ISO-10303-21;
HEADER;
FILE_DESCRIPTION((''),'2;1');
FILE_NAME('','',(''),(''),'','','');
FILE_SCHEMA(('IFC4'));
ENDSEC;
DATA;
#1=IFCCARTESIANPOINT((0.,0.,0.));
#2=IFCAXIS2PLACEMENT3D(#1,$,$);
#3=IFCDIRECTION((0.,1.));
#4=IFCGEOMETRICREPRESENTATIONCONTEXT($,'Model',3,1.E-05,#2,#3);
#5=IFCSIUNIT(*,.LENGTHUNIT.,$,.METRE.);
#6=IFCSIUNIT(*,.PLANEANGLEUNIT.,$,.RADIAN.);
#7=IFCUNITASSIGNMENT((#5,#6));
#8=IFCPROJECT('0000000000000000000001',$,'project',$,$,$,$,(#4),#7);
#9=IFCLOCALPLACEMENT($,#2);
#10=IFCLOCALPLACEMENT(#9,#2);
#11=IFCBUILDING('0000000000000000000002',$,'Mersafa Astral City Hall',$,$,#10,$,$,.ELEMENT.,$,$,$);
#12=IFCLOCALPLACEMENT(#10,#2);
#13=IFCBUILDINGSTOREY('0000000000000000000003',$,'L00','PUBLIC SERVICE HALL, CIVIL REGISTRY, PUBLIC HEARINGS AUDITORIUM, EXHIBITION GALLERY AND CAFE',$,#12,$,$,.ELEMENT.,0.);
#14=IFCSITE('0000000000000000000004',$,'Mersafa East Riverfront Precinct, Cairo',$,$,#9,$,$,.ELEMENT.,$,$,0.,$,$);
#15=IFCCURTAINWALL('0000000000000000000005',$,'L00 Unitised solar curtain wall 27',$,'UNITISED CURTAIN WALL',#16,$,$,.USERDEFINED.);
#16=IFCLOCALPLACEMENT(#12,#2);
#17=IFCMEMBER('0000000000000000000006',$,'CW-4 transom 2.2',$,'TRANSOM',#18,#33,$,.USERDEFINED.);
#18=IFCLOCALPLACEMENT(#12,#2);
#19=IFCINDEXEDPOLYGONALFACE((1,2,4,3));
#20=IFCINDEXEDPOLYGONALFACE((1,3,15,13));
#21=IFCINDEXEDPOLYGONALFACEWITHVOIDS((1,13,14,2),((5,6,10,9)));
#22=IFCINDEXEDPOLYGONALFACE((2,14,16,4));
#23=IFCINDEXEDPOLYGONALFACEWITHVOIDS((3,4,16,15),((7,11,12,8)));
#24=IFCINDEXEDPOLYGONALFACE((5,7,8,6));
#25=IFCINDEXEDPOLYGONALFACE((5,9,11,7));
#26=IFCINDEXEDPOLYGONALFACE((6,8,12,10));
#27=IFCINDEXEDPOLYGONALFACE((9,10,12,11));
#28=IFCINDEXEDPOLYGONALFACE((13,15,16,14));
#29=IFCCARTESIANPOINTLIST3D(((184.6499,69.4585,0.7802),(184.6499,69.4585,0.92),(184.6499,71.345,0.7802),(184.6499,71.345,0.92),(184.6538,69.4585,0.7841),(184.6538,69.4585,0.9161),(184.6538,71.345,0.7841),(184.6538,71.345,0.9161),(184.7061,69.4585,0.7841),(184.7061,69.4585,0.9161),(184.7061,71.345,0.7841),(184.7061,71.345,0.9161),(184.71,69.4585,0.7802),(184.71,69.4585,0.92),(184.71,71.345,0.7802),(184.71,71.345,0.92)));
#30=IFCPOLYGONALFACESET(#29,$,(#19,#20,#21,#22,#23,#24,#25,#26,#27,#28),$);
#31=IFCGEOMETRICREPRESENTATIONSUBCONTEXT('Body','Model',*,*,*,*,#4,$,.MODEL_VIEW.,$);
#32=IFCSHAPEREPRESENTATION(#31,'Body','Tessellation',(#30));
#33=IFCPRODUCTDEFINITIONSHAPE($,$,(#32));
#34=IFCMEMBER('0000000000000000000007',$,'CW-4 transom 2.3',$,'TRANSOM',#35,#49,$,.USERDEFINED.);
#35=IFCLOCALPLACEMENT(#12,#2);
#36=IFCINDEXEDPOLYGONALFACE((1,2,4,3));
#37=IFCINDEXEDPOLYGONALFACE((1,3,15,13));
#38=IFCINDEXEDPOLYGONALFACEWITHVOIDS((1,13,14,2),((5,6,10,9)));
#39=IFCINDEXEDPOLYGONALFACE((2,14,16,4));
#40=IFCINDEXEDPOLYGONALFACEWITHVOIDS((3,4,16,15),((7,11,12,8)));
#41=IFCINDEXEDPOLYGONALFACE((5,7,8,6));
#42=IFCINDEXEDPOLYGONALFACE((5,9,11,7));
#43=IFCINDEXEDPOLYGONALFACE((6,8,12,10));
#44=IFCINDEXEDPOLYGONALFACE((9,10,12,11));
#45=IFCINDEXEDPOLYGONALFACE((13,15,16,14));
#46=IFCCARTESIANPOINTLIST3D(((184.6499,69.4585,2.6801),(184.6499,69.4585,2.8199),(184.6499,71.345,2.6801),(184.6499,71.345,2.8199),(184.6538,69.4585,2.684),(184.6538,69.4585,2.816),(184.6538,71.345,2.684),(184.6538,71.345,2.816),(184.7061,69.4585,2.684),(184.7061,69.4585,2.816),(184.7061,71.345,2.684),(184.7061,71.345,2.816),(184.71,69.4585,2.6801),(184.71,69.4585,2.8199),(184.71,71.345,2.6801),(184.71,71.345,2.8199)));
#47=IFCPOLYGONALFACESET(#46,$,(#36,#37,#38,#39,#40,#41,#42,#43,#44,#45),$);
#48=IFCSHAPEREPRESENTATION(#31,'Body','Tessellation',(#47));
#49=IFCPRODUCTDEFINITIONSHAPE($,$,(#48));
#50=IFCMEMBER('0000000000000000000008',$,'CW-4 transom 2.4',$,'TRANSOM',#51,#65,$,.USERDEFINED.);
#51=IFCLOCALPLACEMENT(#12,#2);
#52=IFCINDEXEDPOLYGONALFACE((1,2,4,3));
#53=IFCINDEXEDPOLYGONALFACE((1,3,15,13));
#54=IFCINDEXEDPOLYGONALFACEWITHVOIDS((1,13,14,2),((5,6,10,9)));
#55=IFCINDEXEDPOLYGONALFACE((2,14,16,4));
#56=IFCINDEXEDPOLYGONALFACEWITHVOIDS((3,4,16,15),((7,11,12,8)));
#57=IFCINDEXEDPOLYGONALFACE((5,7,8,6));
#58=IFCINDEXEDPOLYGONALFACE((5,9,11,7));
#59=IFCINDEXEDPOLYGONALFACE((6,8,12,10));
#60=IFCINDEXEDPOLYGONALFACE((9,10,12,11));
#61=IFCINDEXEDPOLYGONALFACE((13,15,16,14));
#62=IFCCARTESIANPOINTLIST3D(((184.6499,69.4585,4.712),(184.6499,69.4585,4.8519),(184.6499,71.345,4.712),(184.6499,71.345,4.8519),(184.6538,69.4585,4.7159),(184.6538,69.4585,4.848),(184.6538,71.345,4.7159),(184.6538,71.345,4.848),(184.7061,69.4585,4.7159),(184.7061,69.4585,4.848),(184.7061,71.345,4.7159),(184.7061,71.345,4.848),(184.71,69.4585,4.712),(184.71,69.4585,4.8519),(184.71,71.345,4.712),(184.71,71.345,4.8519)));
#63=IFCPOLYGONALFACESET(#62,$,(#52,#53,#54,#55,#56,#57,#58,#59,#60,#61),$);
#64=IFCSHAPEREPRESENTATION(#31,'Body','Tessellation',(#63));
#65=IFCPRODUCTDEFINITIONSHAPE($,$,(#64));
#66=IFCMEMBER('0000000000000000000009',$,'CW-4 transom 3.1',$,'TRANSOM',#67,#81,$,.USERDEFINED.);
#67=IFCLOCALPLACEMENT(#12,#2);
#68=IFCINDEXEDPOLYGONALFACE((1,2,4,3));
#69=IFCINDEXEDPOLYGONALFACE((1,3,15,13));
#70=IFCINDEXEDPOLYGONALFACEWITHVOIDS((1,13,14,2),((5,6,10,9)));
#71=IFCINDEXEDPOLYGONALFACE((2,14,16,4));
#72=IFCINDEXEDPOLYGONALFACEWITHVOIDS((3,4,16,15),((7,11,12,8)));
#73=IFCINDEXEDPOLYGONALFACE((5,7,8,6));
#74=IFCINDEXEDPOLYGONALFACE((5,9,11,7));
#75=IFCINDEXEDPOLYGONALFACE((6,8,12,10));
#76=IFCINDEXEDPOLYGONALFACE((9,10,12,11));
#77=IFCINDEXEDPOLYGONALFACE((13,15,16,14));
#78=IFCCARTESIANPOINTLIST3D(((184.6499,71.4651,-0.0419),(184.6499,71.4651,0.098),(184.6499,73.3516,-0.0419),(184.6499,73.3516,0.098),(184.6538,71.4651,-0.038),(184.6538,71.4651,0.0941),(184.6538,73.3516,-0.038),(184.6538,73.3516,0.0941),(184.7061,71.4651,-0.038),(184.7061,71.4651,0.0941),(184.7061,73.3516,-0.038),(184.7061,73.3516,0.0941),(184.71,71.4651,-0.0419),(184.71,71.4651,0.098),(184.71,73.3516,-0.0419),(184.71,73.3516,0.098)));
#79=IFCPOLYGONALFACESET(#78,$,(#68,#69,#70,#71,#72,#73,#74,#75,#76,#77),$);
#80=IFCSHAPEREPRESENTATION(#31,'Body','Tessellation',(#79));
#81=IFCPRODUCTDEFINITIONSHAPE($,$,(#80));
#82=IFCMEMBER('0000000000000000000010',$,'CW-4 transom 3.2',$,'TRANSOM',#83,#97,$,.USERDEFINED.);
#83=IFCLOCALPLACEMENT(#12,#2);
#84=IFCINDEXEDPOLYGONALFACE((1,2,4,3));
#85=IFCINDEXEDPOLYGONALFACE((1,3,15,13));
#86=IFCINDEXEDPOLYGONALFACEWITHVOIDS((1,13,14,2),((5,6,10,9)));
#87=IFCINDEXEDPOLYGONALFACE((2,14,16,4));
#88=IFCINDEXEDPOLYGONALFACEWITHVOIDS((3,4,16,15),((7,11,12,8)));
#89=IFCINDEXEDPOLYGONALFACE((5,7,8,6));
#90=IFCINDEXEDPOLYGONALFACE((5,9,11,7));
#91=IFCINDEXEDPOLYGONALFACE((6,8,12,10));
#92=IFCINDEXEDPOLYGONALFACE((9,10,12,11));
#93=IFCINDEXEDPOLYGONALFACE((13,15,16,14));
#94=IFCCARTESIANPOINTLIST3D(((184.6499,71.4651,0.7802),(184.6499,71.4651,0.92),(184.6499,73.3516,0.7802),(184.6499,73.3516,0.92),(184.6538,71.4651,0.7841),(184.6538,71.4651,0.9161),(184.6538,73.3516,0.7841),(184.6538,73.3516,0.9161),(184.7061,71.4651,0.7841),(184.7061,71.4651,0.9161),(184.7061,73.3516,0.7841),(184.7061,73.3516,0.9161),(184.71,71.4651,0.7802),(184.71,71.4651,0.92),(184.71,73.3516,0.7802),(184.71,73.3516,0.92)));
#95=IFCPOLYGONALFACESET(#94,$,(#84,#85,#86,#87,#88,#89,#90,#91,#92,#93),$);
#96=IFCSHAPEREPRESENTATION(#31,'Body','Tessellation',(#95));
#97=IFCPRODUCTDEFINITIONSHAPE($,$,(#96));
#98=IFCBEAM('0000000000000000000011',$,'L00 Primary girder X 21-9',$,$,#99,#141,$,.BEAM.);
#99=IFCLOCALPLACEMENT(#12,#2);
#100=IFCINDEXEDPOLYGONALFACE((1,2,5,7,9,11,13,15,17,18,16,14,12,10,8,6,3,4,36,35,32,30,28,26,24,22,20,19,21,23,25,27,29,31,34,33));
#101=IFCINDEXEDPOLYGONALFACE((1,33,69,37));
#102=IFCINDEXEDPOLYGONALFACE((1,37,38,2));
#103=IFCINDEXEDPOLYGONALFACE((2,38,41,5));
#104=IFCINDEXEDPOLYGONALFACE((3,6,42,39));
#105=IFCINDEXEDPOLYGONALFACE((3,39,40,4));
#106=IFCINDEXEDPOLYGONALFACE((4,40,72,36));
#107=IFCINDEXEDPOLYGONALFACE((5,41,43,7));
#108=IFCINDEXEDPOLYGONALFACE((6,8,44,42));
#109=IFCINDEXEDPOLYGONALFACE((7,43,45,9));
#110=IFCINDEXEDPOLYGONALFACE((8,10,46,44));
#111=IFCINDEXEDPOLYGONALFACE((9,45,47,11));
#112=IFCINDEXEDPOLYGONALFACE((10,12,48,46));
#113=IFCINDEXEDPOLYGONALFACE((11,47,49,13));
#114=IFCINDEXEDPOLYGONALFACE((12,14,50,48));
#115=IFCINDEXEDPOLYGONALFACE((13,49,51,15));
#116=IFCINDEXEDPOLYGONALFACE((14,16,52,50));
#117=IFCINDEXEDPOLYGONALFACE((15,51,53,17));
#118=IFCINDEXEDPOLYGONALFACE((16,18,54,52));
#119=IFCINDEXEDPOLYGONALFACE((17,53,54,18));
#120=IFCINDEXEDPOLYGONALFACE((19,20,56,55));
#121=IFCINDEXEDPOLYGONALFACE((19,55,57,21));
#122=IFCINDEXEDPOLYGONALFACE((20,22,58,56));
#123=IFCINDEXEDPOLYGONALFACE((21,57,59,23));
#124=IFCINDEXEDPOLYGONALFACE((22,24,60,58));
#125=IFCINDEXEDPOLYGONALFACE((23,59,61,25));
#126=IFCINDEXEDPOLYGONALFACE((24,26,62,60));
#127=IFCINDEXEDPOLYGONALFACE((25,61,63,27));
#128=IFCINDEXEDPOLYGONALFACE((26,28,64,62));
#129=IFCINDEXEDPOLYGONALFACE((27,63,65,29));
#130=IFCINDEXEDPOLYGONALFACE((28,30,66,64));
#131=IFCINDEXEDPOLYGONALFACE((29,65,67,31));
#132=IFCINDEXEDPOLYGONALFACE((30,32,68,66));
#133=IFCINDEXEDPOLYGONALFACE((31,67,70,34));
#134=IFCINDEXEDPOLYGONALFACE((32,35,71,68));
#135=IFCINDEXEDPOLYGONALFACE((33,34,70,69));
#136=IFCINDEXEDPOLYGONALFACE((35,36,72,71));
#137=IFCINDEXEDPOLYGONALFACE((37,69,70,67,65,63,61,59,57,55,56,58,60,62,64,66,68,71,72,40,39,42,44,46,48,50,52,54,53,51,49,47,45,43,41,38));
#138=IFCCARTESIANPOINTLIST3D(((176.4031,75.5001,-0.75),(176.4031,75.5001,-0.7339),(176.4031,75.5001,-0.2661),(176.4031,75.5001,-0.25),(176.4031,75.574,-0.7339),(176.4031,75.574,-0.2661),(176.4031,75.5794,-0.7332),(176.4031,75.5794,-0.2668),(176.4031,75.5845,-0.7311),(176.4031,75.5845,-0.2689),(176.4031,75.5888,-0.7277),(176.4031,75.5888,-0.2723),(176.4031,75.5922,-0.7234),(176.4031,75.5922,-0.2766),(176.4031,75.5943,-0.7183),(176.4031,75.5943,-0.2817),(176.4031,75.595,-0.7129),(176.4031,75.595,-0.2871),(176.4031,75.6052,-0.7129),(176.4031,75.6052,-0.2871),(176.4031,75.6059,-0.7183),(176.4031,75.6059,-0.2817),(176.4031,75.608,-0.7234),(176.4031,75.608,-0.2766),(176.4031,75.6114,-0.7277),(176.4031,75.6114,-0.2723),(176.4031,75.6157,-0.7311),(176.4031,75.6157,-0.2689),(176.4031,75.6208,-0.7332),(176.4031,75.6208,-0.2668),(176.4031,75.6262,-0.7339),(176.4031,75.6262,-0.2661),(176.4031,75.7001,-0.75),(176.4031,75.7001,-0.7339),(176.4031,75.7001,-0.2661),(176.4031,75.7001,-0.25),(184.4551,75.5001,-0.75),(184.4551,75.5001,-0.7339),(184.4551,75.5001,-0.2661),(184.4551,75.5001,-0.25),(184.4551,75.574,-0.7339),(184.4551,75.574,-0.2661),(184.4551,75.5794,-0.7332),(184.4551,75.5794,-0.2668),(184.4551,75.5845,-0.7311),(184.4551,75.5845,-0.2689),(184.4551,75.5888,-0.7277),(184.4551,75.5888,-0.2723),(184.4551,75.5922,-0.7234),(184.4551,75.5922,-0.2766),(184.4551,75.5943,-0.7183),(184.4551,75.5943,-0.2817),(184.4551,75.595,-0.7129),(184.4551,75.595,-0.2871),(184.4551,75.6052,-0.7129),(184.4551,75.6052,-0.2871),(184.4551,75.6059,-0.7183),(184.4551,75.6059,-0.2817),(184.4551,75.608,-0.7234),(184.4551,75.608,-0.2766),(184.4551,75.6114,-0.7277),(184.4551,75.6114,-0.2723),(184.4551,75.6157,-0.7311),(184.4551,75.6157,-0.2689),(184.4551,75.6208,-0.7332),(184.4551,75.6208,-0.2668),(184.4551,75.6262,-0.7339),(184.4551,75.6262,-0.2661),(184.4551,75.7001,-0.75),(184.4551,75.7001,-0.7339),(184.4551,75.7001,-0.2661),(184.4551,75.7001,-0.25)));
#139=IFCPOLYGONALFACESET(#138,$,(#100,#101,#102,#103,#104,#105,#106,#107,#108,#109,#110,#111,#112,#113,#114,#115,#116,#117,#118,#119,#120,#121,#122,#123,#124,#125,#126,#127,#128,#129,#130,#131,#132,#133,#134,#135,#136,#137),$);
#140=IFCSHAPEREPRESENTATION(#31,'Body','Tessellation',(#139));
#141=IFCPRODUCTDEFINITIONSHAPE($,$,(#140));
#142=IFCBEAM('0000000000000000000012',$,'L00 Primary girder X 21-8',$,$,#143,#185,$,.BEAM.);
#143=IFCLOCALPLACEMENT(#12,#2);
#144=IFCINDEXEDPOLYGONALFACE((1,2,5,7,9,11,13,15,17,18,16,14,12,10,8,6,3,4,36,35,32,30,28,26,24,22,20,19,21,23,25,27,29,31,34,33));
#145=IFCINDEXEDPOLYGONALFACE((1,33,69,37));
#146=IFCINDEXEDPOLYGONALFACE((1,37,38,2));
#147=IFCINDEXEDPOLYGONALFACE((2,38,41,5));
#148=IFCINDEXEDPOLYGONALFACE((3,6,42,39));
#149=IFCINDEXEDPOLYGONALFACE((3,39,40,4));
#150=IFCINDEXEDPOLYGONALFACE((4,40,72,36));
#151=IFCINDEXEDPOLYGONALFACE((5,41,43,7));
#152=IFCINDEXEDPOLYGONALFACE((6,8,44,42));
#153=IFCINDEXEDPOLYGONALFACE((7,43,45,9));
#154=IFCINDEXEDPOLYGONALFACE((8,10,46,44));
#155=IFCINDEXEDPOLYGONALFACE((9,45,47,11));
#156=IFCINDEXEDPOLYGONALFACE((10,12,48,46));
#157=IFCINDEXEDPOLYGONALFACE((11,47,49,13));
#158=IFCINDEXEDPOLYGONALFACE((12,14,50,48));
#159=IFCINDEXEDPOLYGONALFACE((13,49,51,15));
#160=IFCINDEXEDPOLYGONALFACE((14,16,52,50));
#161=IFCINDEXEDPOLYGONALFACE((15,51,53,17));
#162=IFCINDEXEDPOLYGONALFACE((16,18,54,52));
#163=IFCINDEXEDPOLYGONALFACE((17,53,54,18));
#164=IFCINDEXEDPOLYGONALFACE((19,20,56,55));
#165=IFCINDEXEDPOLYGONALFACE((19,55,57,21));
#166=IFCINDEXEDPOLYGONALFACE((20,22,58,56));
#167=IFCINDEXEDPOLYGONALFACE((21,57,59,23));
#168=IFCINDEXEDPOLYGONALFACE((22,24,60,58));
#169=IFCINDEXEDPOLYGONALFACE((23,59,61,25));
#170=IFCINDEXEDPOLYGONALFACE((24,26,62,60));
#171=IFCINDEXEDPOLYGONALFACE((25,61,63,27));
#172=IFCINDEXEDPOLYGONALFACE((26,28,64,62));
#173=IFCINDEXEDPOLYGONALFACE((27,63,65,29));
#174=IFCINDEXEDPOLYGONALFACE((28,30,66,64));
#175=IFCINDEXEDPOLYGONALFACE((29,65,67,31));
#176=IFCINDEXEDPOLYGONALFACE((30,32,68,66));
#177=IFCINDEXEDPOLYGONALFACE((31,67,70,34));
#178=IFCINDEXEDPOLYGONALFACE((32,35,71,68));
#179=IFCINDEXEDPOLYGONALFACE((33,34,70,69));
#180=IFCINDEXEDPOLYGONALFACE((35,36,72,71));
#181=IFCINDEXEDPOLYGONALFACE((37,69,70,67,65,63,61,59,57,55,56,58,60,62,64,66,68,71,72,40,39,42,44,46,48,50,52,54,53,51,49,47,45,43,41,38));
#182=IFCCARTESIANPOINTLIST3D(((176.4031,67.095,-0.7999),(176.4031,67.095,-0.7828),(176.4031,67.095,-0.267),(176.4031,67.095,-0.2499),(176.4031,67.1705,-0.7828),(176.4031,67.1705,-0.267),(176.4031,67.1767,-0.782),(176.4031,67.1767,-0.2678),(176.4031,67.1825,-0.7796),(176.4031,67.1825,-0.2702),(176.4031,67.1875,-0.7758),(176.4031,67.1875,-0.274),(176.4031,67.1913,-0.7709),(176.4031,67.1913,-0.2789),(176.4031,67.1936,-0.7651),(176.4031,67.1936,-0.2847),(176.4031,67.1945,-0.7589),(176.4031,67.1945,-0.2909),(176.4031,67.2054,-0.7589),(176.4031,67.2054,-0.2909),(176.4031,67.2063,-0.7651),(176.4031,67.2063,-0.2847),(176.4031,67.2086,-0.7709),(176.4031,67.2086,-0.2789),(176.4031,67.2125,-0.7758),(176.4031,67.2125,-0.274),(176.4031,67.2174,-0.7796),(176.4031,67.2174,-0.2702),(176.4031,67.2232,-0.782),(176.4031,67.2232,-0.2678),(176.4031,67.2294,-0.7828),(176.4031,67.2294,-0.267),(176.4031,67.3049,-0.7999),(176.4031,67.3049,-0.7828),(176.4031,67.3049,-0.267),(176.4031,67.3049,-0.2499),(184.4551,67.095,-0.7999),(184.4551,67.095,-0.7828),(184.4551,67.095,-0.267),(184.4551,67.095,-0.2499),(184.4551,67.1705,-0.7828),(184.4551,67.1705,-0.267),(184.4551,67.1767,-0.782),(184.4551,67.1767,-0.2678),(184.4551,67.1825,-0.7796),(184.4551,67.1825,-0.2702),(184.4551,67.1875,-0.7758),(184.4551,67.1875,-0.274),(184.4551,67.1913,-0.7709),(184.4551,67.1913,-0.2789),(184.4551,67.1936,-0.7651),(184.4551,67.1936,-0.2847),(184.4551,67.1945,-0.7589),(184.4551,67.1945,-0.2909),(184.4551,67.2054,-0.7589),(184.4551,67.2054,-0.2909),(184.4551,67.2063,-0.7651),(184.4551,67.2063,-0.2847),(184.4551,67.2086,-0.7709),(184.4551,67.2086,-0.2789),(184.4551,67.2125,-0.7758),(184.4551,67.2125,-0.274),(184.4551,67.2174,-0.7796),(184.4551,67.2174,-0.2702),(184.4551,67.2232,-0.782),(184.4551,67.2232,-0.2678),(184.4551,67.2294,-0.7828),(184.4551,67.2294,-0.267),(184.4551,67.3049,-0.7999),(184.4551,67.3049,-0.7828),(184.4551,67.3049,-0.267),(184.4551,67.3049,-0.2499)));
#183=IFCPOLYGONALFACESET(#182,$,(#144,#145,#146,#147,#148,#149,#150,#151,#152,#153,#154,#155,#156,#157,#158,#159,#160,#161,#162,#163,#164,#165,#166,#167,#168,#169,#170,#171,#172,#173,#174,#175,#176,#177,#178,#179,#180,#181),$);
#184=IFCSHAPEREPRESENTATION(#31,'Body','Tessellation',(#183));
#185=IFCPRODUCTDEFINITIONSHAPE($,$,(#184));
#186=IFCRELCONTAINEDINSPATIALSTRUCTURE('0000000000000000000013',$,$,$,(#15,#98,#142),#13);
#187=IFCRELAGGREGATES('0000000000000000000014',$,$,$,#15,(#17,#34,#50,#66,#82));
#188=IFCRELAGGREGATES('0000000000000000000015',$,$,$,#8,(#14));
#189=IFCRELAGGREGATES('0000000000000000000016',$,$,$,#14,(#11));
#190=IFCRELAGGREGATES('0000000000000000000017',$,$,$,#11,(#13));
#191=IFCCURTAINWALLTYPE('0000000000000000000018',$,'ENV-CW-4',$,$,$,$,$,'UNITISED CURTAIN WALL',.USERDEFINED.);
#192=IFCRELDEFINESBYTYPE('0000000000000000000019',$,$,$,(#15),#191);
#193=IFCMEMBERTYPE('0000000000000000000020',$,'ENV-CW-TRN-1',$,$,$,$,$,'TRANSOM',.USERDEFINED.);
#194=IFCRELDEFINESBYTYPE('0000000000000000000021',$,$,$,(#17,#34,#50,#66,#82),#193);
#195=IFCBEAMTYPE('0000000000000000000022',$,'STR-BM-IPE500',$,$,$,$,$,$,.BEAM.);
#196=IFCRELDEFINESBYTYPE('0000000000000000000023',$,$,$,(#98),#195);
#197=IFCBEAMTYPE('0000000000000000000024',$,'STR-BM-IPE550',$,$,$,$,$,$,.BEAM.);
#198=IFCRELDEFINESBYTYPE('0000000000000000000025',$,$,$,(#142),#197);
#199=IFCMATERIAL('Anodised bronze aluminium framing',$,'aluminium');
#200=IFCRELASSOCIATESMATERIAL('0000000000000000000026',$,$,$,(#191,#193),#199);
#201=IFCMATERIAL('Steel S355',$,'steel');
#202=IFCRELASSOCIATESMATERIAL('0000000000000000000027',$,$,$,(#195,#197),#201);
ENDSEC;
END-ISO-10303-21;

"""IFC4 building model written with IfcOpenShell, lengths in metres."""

from ifc_helpers import new_model, si_unit, direction, frame, origin, origin_2d, place, context, subcontext, project, spatial, hollow_rectangle, i_section, extrude, material, material_profile, profile_set, type_object, element, aggregate, save


model = new_model("IFC4")

# Units and contexts
model_context = context("Model", 3, precision=1e-05, world=origin(), true_north=direction((0.0, 1.0)))
body_context = subcontext(model_context, "Body", "Model", "MODEL_VIEW")
ifc_project = project(units=[si_unit("LENGTHUNIT", "METRE"), si_unit("PLANEANGLEUNIT", "RADIAN")], contexts=[model_context])

# Site, building, storey
site_placement = place(None, origin())
site = spatial("IfcSite", under=ifc_project, at=site_placement, Name="Mersafa East Riverfront Precinct, Cairo", CompositionType="ELEMENT", RefElevation=0.0)
building_placement = place(site_placement, origin())
building = spatial("IfcBuilding", under=site, at=building_placement, Name="Mersafa Astral City Hall", CompositionType="ELEMENT")
storey_placement = place(building_placement, origin())
storey = spatial("IfcBuildingStorey", under=building, at=storey_placement, Name="L00", Description="PUBLIC SERVICE HALL, CIVIL REGISTRY, PUBLIC HEARINGS AUDITORIUM, EXHIBITION GALLERY AND CAFE", CompositionType="ELEMENT", Elevation=0.0)

# Shared definitions
ifc_material_1 = material(Name="Steel S355", Category="steel")

# Curtain wall, members
ifc_material_2 = material(Name="Anodised bronze aluminium framing", Category="aluminium")
curtain_wall_type = type_object("IfcCurtainWallType", Name="ENV-CW-4", ElementType="UNITISED CURTAIN WALL", PredefinedType="USERDEFINED", material=ifc_material_2)
curtain_wall_placement = place(storey_placement, origin())
curtain_wall = element("IfcCurtainWall", 1, at=curtain_wall_placement, inside=storey, type_object=curtain_wall_type, Name="L00 Unitised solar curtain wall 27", ObjectType="UNITISED CURTAIN WALL", PredefinedType="USERDEFINED")
ifc_material_profile_1 = material_profile(ifc_material_2, hollow_rectangle(XDim=0.0601, YDim=0.1399, WallThickness=0.0039, at=origin_2d()), Name="RHS 60x140x4")
ifc_profile_set_1 = profile_set([ifc_material_profile_1], Name="Anodised bronze aluminium framing")
member_type_1 = type_object("IfcMemberType", Name="ENV-CW-TRN-1", ElementType="TRANSOM", PredefinedType="USERDEFINED", material=ifc_profile_set_1)
member_1_placement = place(storey_placement, frame((184.6799, 69.4585, 0.8501), z_axis=(0.0, 1.0, 0.0), x_axis=(-1.0, 0.0, 0.0)))
member_1 = element("IfcMember", 2, at=member_1_placement, type_object=member_type_1, Name="CW-4 transom 2.2", ObjectType="TRANSOM", PredefinedType="USERDEFINED", context=body_context, shape_type="SweptSolid", body=[
    extrude(hollow_rectangle(XDim=0.0601, YDim=0.1399, WallThickness=0.0039, at=origin_2d()), origin(), (0.0, 0.0, 1.0), 1.8865),
])
member_2_placement = place(storey_placement, frame((184.6799, 69.4585, 2.75), z_axis=(0.0, 1.0, 0.0), x_axis=(-1.0, 0.0, 0.0)))
member_2 = element("IfcMember", 3, at=member_2_placement, type_object=member_type_1, Name="CW-4 transom 2.3", ObjectType="TRANSOM", PredefinedType="USERDEFINED", context=body_context, shape_type="SweptSolid", body=[
    extrude(hollow_rectangle(XDim=0.0601, YDim=0.1399, WallThickness=0.0039, at=origin_2d()), origin(), (0.0, 0.0, 1.0), 1.8865),
])
member_3_placement = place(storey_placement, frame((184.6799, 69.4585, 4.782), z_axis=(0.0, 1.0, 0.0), x_axis=(-1.0, 0.0, 0.0)))
member_3 = element("IfcMember", 4, at=member_3_placement, type_object=member_type_1, Name="CW-4 transom 2.4", ObjectType="TRANSOM", PredefinedType="USERDEFINED", context=body_context, shape_type="SweptSolid", body=[
    extrude(hollow_rectangle(XDim=0.0601, YDim=0.1399, WallThickness=0.0039, at=origin_2d()), origin(), (0.0, 0.0, 1.0), 1.8865),
])
member_4_placement = place(storey_placement, frame((184.6799, 71.4651, 0.0281), z_axis=(0.0, 1.0, 0.0), x_axis=(-1.0, 0.0, 0.0)))
member_4 = element("IfcMember", 5, at=member_4_placement, type_object=member_type_1, Name="CW-4 transom 3.1", ObjectType="TRANSOM", PredefinedType="USERDEFINED", context=body_context, shape_type="SweptSolid", body=[
    extrude(hollow_rectangle(XDim=0.0601, YDim=0.1399, WallThickness=0.0039, at=origin_2d()), origin(), (0.0, 0.0, 1.0), 1.8865),
])
member_5_placement = place(storey_placement, frame((184.6799, 71.4651, 0.8501), z_axis=(0.0, 1.0, 0.0), x_axis=(-1.0, 0.0, 0.0)))
member_5 = element("IfcMember", 6, at=member_5_placement, type_object=member_type_1, Name="CW-4 transom 3.2", ObjectType="TRANSOM", PredefinedType="USERDEFINED", context=body_context, shape_type="SweptSolid", body=[
    extrude(hollow_rectangle(XDim=0.0601, YDim=0.1399, WallThickness=0.0039, at=origin_2d()), origin(), (0.0, 0.0, 1.0), 1.8865),
])

# Beams
ifc_material_profile_2 = material_profile(ifc_material_1, i_section(OverallWidth=0.2, OverallDepth=0.5, WebThickness=0.0103, FlangeThickness=0.0161, FilletRadius=0.021, at=origin_2d()), Name="IPE 500")
ifc_profile_set_2 = profile_set([ifc_material_profile_2], Name="Steel S355")
beam_type_1 = type_object("IfcBeamType", Name="STR-BM-IPE500", PredefinedType="BEAM", material=ifc_profile_set_2)
beam_1_placement = place(storey_placement, frame((176.4031, 75.6001, -0.5), z_axis=(1.0, 0.0, 0.0), x_axis=(0.0, 1.0, 0.0)))
element("IfcBeam", 7, at=beam_1_placement, inside=storey, type_object=beam_type_1, Name="L00 Primary girder X 21-9", PredefinedType="BEAM", context=body_context, shape_type="SweptSolid", body=[
    extrude(i_section(OverallWidth=0.2, OverallDepth=0.5, WebThickness=0.0103, FlangeThickness=0.0161, FilletRadius=0.021, at=origin_2d()), origin(), (0.0, 0.0, 1.0), 8.052),
])
ifc_material_profile_3 = material_profile(ifc_material_1, i_section(OverallWidth=0.21, OverallDepth=0.55, WebThickness=0.011, FlangeThickness=0.0171, FilletRadius=0.0239, at=origin_2d()), Name="IPE 550")
ifc_profile_set_3 = profile_set([ifc_material_profile_3], Name="Steel S355")
beam_type_2 = type_object("IfcBeamType", Name="STR-BM-IPE550", PredefinedType="BEAM", material=ifc_profile_set_3)
beam_2_placement = place(storey_placement, frame((176.4031, 67.2, -0.5249), z_axis=(1.0, 0.0, 0.0), x_axis=(0.0, 1.0, 0.0)))
element("IfcBeam", 8, at=beam_2_placement, inside=storey, type_object=beam_type_2, Name="L00 Primary girder X 21-8", PredefinedType="BEAM", context=body_context, shape_type="SweptSolid", body=[
    extrude(i_section(OverallWidth=0.21, OverallDepth=0.55, WebThickness=0.011, FlangeThickness=0.0171, FilletRadius=0.0239, at=origin_2d()), origin(), (0.0, 0.0, 1.0), 8.052),
])

aggregate(curtain_wall, [member_1, member_2, member_3, member_4, member_5])

save(model, "model.ifc")
